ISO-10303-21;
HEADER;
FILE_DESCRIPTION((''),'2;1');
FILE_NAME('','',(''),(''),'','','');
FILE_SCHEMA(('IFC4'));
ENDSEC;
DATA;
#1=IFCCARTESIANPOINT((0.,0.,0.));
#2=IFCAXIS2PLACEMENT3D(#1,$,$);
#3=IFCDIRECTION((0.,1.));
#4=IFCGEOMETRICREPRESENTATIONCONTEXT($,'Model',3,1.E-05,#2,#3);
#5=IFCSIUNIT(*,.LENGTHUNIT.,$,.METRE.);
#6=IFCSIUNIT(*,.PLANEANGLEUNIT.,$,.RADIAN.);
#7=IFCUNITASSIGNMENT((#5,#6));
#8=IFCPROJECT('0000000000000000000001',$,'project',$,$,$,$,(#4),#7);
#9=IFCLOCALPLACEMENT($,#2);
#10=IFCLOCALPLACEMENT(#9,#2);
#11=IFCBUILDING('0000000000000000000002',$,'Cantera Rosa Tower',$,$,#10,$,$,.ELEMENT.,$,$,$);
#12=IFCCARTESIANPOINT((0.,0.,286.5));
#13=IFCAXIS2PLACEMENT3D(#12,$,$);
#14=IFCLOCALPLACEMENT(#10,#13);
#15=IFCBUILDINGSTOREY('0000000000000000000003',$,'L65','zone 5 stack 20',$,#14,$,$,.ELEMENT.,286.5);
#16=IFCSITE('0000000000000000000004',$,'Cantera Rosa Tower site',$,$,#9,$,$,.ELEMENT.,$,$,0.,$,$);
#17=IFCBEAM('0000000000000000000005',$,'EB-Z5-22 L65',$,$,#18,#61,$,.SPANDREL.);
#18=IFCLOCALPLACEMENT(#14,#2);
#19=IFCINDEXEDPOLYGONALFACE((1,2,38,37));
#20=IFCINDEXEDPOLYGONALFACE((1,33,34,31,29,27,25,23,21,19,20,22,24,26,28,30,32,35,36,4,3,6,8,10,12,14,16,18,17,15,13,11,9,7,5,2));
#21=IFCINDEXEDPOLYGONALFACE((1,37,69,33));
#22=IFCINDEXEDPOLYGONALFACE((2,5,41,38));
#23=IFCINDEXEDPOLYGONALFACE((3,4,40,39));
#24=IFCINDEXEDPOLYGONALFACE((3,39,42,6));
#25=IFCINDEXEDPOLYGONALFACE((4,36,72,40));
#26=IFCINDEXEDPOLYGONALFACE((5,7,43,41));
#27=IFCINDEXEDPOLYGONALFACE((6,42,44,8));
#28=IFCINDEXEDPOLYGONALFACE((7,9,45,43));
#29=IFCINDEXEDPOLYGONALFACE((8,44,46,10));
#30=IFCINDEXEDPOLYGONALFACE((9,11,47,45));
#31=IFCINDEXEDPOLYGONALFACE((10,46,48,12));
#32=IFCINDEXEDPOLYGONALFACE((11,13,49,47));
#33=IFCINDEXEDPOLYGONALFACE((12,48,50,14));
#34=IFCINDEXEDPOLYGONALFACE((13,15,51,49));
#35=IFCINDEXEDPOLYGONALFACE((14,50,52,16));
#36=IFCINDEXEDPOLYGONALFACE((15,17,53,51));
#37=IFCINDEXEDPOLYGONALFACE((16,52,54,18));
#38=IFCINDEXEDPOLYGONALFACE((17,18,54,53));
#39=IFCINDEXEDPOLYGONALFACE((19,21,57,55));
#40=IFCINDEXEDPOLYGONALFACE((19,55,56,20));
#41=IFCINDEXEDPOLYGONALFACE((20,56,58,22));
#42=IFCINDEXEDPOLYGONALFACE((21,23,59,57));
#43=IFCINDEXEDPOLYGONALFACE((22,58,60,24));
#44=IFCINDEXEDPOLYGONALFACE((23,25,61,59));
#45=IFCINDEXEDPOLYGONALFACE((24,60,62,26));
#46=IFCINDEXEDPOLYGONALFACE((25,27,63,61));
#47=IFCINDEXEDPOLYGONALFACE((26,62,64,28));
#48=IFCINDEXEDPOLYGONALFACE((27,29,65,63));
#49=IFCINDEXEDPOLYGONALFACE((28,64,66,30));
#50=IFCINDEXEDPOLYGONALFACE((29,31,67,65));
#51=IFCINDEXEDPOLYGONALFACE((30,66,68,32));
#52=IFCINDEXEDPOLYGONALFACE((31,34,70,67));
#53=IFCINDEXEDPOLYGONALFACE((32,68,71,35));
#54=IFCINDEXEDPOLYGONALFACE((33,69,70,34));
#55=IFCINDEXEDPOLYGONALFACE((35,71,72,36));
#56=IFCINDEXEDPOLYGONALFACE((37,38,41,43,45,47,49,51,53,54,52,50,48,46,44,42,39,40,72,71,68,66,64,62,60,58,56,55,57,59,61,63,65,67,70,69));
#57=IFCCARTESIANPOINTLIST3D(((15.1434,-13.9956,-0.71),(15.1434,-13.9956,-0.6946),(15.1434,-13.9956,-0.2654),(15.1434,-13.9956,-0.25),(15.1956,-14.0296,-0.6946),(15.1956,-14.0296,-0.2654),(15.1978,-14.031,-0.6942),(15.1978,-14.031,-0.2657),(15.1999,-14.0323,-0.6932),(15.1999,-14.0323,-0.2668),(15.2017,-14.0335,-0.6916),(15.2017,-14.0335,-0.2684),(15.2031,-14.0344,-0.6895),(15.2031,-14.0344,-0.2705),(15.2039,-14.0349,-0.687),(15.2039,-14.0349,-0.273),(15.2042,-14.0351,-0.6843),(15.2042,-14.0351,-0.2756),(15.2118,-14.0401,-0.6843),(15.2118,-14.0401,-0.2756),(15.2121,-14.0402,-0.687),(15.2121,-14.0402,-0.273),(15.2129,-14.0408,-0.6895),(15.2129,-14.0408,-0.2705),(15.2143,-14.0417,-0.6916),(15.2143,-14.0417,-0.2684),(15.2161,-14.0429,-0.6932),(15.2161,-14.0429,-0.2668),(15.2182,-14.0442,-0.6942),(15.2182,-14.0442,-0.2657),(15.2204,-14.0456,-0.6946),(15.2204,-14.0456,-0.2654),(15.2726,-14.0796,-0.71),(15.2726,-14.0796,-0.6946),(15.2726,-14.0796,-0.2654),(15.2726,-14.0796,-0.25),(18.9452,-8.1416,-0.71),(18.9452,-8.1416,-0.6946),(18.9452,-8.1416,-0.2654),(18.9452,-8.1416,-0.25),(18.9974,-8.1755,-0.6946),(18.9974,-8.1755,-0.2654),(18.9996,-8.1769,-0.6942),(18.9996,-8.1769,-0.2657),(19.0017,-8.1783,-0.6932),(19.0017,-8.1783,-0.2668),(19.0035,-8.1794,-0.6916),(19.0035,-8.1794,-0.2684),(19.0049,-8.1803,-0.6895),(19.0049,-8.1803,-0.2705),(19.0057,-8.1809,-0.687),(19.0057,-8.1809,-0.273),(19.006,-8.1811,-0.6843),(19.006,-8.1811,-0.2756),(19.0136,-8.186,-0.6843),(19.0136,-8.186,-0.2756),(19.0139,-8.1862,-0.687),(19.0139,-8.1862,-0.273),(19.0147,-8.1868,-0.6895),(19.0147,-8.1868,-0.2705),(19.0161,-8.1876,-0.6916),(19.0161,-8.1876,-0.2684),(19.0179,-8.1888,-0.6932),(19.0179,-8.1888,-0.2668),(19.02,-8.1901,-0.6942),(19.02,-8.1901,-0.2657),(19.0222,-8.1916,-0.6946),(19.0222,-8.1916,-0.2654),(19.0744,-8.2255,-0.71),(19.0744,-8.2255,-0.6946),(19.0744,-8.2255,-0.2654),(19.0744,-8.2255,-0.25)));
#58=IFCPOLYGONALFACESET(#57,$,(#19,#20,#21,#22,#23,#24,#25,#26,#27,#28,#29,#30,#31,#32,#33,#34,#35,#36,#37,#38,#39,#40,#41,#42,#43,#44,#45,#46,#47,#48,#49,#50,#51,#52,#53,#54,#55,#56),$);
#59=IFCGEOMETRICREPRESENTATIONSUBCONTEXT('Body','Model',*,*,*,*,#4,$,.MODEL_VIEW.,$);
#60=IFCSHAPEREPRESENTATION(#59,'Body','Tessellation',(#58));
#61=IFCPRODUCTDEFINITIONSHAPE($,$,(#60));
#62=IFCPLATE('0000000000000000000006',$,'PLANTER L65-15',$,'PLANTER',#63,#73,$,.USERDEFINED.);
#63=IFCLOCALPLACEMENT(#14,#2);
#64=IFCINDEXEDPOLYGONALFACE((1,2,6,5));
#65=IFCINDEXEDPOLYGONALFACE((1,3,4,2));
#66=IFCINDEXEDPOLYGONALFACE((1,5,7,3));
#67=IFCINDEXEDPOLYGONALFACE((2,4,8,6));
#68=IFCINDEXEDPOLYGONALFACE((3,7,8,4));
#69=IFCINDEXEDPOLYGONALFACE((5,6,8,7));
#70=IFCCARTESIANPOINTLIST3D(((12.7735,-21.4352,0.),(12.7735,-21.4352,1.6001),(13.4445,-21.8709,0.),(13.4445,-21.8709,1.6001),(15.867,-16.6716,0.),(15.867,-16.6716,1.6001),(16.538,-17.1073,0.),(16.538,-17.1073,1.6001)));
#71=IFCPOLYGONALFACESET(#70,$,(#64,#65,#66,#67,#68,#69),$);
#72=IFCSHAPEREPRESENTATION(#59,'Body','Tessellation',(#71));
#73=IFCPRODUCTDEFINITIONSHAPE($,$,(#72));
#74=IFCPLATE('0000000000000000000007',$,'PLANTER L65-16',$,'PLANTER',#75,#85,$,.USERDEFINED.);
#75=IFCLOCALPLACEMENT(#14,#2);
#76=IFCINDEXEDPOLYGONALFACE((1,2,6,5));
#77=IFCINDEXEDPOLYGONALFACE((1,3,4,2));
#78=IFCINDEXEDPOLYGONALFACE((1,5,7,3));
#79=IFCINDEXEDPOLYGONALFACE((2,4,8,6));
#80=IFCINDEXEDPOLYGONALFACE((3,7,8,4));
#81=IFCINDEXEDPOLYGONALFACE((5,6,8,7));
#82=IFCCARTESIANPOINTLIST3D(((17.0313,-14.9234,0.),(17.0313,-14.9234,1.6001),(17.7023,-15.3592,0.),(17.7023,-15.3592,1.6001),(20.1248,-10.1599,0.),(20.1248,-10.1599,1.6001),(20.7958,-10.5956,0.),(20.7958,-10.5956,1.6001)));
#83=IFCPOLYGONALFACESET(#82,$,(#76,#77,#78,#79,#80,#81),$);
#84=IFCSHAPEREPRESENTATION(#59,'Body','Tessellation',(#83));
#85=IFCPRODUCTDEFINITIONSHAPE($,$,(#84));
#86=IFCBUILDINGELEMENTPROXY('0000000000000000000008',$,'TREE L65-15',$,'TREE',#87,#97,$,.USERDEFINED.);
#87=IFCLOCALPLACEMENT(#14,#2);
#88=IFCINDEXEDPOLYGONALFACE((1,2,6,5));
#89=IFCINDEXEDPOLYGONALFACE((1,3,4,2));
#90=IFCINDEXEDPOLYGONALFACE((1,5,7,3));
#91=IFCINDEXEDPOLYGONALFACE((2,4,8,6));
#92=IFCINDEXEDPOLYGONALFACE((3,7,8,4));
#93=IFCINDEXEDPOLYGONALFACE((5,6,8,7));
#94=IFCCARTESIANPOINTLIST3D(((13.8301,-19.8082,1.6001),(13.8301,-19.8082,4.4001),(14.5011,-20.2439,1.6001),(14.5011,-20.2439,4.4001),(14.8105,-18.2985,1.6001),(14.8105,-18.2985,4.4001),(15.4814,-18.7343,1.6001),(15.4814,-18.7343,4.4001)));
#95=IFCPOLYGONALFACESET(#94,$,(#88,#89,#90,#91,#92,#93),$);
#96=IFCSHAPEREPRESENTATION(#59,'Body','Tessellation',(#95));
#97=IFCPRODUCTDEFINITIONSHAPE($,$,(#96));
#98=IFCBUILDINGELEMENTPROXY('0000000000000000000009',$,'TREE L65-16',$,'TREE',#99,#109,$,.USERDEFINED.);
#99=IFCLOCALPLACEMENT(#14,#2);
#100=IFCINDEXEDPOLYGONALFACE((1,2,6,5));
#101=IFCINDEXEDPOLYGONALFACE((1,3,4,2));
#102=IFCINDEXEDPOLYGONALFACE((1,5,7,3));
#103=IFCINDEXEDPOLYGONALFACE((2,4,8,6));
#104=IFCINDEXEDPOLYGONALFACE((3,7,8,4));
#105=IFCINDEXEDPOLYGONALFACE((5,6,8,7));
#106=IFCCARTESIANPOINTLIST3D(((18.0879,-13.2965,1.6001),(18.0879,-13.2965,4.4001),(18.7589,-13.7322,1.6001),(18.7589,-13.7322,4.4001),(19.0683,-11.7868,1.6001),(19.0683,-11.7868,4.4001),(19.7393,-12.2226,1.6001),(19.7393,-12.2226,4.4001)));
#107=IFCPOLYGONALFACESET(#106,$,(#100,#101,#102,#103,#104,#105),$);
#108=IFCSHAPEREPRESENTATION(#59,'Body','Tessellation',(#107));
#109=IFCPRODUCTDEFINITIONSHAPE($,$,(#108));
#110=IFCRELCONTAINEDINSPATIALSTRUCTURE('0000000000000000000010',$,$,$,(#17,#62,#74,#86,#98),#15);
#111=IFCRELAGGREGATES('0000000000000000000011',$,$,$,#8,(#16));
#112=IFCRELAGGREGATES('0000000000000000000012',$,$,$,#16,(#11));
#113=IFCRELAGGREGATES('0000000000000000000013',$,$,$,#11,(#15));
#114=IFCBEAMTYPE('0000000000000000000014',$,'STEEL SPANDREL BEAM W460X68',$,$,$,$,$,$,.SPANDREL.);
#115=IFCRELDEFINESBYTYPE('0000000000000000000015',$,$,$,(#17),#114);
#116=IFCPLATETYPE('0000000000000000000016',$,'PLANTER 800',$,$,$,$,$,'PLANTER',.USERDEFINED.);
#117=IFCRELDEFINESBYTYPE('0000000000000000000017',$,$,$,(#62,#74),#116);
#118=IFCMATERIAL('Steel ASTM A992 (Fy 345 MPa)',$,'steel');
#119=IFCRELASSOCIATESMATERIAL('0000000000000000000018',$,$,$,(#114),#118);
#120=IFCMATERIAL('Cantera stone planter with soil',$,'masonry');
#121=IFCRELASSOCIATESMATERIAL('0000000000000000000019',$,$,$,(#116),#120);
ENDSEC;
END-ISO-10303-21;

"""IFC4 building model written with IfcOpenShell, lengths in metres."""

from ifc_helpers import new_model, si_unit, direction, frame, origin, origin_2d, place, context, subcontext, project, spatial, rectangle, i_section, extrude, material, material_profile, profile_set, type_object, element, save


model = new_model("IFC4")

# Units and contexts
model_context = context("Model", 3, precision=1e-05, world=origin(), true_north=direction((0.0, 1.0)))
body_context = subcontext(model_context, "Body", "Model", "MODEL_VIEW")
ifc_project = project(units=[si_unit("LENGTHUNIT", "METRE"), si_unit("PLANEANGLEUNIT", "RADIAN")], contexts=[model_context])

# Site, building, storey
site_placement = place(None, origin())
site = spatial("IfcSite", under=ifc_project, at=site_placement, Name="Cantera Rosa Tower site", CompositionType="ELEMENT", RefElevation=0.0)
building_placement = place(site_placement, origin())
building = spatial("IfcBuilding", under=site, at=building_placement, Name="Cantera Rosa Tower", CompositionType="ELEMENT")
storey_placement = place(building_placement, frame((0.0, 0.0, 286.5)))
storey = spatial("IfcBuildingStorey", under=building, at=storey_placement, Name="L65", Description="zone 5 stack 20", CompositionType="ELEMENT", Elevation=286.5)

# Beam
ifc_material_1 = material(Name="Steel ASTM A992 (Fy 345 MPa)", Category="steel")
ifc_material_profile_1 = material_profile(ifc_material_1, i_section(OverallWidth=0.1541, OverallDepth=0.46, WebThickness=0.009, FlangeThickness=0.0154, FilletRadius=0.0103, at=origin_2d()), Name="W460X68")
ifc_profile_set_1 = profile_set([ifc_material_profile_1], Name="Steel ASTM A992 (Fy 345 MPa)")
beam_type_1 = type_object("IfcBeamType", Name="STEEL SPANDREL BEAM W460X68", PredefinedType="SPANDREL", material=ifc_profile_set_1)
beam_1_placement = place(storey_placement, frame((15.208, -14.0376, -0.48), z_axis=(0.544651, 0.838663, 0.0), x_axis=(-0.838663, 0.544651, 0.0)))
element("IfcBeam", 1, at=beam_1_placement, inside=storey, type_object=beam_type_1, Name="EB-Z5-22 L65", PredefinedType="SPANDREL", context=body_context, shape_type="SweptSolid", body=[
    extrude(i_section(OverallWidth=0.1541, OverallDepth=0.46, WebThickness=0.009, FlangeThickness=0.0154, FilletRadius=0.0103, at=origin_2d()), origin(), (0.0, 0.0, 1.0), 6.9802),
])

# Plates
ifc_material_2 = material(Name="Cantera stone planter with soil", Category="masonry")
plate_type = type_object("IfcPlateType", Name="PLANTER 800", ElementType="PLANTER", PredefinedType="USERDEFINED", material=ifc_material_2)
for number, where, z_axis, x_axis, name in (
    (2, (14.6558, -19.2712, 0.0), (0.0, 0.0, 1.0), (0.544639, 0.838671, 0.0), "PLANTER L65-15"),
    (3, (18.9136, -12.7595, 0.0), (0.0, 0.0, 1.0), (0.544639, 0.838671, 0.0), "PLANTER L65-16"),
):
    element("IfcPlate", number, at=place(storey_placement, frame(where, z_axis=z_axis, x_axis=x_axis)), inside=storey, type_object=plate_type, Name=name, ObjectType="PLANTER", PredefinedType="USERDEFINED", context=body_context, shape_type="SweptSolid", body=[
        extrude(rectangle(XDim=5.6799, YDim=0.8, at=origin_2d()), origin(), (0.0, 0.0, 1.0), 1.6001),
    ])

# Building element proxies
for number, where, z_axis, x_axis, name in (
    (4, (14.6558, -19.2712, 1.6001), (0.0, 0.0, 1.0), (0.544639, 0.838671, 0.0), "TREE L65-15"),
    (5, (18.9136, -12.7595, 1.6001), (0.0, 0.0, 1.0), (0.544639, 0.838671, 0.0), "TREE L65-16"),
):
    element("IfcBuildingElementProxy", number, at=place(storey_placement, frame(where, z_axis=z_axis, x_axis=x_axis)), inside=storey, Name=name, ObjectType="TREE", PredefinedType="USERDEFINED", context=body_context, shape_type="SweptSolid", body=[
        extrude(rectangle(XDim=1.8, YDim=0.8, at=origin_2d()), origin(), (0.0, 0.0, 1.0), 2.8),
    ])

save(model, "model.ifc")
